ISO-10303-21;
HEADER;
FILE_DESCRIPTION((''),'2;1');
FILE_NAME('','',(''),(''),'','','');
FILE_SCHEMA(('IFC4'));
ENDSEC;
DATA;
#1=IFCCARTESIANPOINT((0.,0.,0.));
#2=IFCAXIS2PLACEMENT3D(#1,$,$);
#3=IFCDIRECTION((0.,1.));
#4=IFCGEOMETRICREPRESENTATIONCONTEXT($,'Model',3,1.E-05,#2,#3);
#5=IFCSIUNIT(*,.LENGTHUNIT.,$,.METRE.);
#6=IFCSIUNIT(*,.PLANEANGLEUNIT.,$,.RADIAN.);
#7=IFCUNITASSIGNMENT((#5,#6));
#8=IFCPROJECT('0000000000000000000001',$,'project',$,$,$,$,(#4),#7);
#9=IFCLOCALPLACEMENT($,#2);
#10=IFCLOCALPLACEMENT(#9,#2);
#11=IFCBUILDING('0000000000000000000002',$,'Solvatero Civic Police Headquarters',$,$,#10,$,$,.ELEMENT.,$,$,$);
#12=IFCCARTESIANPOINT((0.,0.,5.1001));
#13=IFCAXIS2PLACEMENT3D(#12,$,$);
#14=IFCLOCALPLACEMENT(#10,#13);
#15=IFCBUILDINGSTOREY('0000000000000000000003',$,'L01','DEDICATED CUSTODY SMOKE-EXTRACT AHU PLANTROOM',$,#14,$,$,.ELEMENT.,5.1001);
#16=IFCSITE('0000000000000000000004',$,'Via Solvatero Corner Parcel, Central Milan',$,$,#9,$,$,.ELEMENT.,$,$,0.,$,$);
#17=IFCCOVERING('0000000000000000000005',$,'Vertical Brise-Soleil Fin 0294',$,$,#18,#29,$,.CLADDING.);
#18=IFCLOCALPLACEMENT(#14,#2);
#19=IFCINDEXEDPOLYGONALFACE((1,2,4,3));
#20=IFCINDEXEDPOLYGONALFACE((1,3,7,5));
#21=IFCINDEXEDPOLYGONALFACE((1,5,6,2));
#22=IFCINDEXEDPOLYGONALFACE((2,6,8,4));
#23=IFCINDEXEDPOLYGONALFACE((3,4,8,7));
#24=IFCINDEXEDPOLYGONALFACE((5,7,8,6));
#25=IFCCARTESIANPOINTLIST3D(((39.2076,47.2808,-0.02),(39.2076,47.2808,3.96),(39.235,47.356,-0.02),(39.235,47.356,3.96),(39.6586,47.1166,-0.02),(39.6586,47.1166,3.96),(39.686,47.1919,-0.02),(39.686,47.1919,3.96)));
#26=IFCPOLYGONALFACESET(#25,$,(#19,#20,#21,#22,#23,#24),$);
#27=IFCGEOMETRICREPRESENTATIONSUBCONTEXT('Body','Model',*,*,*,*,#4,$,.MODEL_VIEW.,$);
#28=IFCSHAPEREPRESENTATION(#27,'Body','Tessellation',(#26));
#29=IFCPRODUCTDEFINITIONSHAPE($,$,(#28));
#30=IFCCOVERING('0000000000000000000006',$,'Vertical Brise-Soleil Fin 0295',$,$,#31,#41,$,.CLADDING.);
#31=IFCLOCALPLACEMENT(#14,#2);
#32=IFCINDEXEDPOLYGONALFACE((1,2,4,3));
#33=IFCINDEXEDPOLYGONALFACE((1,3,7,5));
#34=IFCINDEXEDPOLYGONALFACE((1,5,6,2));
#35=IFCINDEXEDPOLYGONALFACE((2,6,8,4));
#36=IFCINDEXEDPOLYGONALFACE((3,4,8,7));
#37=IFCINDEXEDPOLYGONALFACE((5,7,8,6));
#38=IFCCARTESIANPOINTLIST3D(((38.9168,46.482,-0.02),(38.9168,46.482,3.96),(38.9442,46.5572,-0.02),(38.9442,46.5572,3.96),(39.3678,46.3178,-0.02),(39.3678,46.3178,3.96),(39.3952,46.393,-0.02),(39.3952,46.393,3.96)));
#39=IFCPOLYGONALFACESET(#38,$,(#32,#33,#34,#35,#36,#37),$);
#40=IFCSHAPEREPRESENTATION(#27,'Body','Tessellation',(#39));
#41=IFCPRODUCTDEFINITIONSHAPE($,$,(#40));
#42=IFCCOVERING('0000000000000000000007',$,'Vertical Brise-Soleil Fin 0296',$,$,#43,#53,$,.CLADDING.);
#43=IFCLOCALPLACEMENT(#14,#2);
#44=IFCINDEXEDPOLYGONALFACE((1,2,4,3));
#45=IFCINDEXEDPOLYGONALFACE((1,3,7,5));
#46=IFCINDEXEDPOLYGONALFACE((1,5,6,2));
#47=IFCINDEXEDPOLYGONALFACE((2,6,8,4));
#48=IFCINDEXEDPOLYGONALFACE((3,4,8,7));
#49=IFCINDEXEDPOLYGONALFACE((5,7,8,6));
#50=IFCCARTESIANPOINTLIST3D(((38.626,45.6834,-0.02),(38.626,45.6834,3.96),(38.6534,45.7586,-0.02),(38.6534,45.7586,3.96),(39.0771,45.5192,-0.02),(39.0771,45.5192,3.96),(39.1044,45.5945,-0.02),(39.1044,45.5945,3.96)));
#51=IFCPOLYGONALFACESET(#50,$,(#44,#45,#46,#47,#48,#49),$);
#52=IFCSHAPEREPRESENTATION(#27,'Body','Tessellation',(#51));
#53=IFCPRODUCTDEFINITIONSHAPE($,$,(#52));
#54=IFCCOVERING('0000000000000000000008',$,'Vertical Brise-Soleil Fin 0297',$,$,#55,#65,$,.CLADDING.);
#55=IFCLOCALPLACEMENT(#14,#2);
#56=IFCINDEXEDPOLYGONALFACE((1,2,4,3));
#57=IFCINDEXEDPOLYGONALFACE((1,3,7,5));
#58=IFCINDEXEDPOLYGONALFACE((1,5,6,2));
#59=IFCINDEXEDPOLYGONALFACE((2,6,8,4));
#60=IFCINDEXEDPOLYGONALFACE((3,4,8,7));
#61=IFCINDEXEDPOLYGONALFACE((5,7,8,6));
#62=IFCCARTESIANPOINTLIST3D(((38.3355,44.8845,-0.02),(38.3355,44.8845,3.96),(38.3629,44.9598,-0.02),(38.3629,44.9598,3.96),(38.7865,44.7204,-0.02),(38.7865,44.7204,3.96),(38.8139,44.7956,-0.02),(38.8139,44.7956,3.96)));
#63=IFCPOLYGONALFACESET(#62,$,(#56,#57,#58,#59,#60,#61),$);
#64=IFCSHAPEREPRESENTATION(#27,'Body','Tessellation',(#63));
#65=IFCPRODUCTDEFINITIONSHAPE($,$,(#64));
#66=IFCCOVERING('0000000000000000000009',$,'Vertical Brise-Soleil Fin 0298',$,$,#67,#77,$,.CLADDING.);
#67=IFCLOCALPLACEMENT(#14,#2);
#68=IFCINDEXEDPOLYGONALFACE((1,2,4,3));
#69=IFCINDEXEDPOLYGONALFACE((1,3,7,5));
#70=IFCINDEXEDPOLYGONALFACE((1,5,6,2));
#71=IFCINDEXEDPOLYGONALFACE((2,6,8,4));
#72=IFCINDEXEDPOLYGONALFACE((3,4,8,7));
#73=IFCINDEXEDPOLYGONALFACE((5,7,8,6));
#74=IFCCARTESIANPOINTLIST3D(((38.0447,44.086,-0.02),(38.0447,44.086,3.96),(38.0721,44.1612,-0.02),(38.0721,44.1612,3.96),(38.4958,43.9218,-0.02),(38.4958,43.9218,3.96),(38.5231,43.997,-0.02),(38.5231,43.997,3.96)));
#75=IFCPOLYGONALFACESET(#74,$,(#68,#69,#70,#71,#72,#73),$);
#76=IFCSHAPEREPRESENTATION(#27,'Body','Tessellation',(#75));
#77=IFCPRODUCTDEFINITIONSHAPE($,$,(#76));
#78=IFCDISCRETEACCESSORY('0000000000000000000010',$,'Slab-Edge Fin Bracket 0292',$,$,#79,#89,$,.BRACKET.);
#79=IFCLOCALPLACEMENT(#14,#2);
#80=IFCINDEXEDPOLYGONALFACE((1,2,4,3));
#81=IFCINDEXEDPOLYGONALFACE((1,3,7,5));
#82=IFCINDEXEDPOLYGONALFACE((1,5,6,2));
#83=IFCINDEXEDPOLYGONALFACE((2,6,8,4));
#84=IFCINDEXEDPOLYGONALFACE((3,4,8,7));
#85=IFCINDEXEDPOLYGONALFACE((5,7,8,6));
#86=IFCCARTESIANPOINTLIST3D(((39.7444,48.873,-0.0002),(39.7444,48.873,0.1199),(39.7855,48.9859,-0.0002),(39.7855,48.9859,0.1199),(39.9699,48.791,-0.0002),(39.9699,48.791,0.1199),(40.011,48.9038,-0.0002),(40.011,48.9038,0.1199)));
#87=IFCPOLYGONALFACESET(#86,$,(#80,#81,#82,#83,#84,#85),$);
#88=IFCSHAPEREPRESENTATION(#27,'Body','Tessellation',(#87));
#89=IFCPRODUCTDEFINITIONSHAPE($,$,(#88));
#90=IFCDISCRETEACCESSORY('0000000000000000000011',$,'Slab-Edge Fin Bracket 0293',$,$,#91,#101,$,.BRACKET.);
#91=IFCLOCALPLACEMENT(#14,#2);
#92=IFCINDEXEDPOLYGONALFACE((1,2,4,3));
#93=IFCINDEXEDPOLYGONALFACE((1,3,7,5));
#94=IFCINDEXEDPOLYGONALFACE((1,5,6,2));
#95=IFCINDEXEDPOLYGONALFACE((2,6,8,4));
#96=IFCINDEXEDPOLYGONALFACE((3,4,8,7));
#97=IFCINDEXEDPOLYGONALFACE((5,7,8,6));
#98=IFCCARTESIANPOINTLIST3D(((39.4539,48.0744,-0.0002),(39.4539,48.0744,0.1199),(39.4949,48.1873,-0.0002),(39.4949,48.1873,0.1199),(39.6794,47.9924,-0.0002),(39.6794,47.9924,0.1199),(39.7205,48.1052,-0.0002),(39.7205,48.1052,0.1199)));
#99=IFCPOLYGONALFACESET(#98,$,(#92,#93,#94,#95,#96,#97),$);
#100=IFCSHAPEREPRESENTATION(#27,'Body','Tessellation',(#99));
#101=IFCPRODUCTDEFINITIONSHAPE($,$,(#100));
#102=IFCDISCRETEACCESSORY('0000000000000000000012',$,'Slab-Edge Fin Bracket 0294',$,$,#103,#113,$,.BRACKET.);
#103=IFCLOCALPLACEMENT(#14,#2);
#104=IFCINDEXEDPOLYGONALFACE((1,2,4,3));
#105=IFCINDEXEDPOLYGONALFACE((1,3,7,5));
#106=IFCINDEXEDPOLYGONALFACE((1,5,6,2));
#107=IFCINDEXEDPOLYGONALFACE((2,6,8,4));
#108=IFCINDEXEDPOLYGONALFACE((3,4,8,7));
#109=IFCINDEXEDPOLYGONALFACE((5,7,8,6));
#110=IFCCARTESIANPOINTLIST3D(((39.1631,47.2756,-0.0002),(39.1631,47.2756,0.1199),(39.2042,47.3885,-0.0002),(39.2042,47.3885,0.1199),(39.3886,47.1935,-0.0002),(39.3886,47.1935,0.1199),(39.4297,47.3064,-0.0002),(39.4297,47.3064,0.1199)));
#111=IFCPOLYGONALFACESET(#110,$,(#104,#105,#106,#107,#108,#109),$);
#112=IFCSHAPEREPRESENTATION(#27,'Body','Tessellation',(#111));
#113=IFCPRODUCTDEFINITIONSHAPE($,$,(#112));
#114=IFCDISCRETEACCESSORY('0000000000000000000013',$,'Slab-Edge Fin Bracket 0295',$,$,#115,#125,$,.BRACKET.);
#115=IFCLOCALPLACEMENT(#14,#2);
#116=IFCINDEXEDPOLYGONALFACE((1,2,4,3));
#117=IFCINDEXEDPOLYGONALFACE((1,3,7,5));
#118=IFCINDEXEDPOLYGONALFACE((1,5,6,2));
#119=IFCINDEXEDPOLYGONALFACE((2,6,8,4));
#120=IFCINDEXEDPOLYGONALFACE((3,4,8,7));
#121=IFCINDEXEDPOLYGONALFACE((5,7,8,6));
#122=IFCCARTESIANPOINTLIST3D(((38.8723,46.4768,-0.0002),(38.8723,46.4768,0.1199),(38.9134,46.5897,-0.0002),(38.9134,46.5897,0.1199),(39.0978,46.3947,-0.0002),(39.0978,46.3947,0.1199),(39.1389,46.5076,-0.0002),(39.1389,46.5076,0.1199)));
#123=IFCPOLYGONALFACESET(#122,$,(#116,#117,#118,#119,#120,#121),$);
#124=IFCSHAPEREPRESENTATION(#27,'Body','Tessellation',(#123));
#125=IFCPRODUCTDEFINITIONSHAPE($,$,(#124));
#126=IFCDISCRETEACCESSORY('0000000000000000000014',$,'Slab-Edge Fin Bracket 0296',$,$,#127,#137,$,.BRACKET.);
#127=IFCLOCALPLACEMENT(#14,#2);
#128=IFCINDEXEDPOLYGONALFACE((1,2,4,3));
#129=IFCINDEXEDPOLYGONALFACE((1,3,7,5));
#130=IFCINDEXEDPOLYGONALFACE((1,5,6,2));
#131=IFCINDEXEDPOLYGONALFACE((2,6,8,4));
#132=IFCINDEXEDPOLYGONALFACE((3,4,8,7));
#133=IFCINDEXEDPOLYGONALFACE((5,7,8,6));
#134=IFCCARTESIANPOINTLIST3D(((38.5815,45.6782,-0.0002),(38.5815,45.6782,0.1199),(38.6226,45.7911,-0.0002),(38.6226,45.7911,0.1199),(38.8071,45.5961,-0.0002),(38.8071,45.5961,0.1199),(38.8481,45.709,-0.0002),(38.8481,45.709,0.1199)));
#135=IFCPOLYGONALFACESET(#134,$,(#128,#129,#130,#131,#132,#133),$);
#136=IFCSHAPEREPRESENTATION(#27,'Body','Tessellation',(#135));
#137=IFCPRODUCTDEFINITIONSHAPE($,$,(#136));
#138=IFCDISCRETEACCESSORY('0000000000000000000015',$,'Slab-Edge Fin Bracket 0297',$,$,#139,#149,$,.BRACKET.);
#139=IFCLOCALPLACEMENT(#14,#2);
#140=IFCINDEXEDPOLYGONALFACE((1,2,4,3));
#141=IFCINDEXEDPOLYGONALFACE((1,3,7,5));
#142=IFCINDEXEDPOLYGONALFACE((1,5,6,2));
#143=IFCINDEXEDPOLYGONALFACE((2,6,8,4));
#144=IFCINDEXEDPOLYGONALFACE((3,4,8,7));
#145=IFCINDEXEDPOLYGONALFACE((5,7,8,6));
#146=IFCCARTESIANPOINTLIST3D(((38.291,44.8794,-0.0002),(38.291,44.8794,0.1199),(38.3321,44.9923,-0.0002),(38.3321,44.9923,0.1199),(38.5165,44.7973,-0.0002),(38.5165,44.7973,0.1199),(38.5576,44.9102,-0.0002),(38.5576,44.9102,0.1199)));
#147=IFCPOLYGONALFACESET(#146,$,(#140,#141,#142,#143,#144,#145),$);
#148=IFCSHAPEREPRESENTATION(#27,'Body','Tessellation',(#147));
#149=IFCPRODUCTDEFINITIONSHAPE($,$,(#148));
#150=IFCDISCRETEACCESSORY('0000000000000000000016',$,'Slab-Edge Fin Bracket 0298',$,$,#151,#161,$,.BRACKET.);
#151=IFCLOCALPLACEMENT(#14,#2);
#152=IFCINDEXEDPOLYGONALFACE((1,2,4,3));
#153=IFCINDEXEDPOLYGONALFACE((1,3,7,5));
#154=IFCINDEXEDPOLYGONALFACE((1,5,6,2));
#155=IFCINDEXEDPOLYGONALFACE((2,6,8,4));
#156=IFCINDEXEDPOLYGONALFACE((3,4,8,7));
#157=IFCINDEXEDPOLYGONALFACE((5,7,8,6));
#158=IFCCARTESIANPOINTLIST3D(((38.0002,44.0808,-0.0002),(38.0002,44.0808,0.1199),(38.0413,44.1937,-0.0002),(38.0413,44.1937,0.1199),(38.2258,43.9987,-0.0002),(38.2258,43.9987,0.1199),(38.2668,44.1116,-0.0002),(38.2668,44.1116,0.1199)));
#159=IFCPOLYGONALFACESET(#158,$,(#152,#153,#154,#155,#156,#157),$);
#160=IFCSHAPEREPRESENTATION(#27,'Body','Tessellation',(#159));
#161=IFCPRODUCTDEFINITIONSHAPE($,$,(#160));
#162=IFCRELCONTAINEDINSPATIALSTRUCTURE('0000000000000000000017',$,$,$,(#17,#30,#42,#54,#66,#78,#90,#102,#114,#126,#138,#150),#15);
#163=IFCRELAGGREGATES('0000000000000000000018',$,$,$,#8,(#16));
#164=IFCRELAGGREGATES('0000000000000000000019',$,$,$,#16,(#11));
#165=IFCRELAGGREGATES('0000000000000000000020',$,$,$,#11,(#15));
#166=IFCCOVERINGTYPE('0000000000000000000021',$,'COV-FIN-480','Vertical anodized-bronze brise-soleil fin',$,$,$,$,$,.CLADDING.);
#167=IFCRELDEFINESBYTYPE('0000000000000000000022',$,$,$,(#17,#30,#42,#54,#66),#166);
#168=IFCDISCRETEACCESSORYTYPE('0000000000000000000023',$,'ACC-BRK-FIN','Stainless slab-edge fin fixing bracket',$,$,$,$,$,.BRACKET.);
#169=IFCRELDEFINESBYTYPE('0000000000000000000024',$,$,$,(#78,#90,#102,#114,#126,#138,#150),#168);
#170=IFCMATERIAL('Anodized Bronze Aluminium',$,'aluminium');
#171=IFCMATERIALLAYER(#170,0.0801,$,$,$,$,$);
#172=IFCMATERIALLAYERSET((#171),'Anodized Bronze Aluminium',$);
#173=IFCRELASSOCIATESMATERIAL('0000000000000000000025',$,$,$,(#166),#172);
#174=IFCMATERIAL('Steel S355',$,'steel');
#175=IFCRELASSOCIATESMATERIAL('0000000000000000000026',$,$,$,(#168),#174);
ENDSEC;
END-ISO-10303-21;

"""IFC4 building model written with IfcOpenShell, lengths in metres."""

from ifc_helpers import new_model, si_unit, direction, frame, origin, origin_2d, place, context, subcontext, project, spatial, rectangle, extrude, material, layer, layer_set, type_object, element, save


model = new_model("IFC4")

# Units and contexts
model_context = context("Model", 3, precision=1e-05, world=origin(), true_north=direction((0.0, 1.0)))
body_context = subcontext(model_context, "Body", "Model", "MODEL_VIEW")
ifc_project = project(units=[si_unit("LENGTHUNIT", "METRE"), si_unit("PLANEANGLEUNIT", "RADIAN")], contexts=[model_context])

# Site, building, storey
site_placement = place(None, origin())
site = spatial("IfcSite", under=ifc_project, at=site_placement, Name="Via Solvatero Corner Parcel, Central Milan", CompositionType="ELEMENT", RefElevation=0.0)
building_placement = place(site_placement, origin())
building = spatial("IfcBuilding", under=site, at=building_placement, Name="Solvatero Civic Police Headquarters", CompositionType="ELEMENT")
storey_placement = place(building_placement, frame((0.0, 0.0, 5.1001)))
storey = spatial("IfcBuildingStorey", under=building, at=storey_placement, Name="L01", Description="DEDICATED CUSTODY SMOKE-EXTRACT AHU PLANTROOM", CompositionType="ELEMENT", Elevation=5.1001)

# Shared definitions
ifc_material_1 = material(Name="Anodized Bronze Aluminium", Category="aluminium")

# Coverings
ifc_layer_1 = layer(ifc_material_1, 0.0801)
ifc_layer_set_1 = layer_set([ifc_layer_1], Name="Anodized Bronze Aluminium")
covering_type = type_object("IfcCoveringType", Name="COV-FIN-480", Description="Vertical anodized-bronze brise-soleil fin", PredefinedType="CLADDING", material=ifc_layer_set_1)
for number, where, z_axis, x_axis, name in (
    (1, (39.4468, 47.2363, -0.02), (0.0, 0.0, 1.0), (-0.34202, -0.939693, 0.0), "Vertical Brise-Soleil Fin 0294"),
    (2, (39.156, 46.4375, -0.02), (0.0, 0.0, 1.0), (-0.34202, -0.939693, 0.0), "Vertical Brise-Soleil Fin 0295"),
    (3, (38.8652, 45.6389, -0.02), (0.0, 0.0, 1.0), (-0.34202, -0.939693, 0.0), "Vertical Brise-Soleil Fin 0296"),
    (4, (38.5747, 44.8401, -0.02), (0.0, 0.0, 1.0), (-0.34202, -0.939693, 0.0), "Vertical Brise-Soleil Fin 0297"),
    (5, (38.2839, 44.0415, -0.02), (0.0, 0.0, 1.0), (-0.34202, -0.939693, 0.0), "Vertical Brise-Soleil Fin 0298"),
):
    element("IfcCovering", number, at=place(storey_placement, frame(where, z_axis=z_axis, x_axis=x_axis)), inside=storey, type_object=covering_type, Name=name, PredefinedType="CLADDING", context=body_context, shape_type="SweptSolid", body=[
        extrude(rectangle(XDim=0.0801, YDim=0.48, at=origin_2d()), origin(), (0.0, 0.0, 1.0), 3.98),
    ])

# Discrete accessories
ifc_material_2 = material(Name="Steel S355", Category="steel")
discrete_accessory_type = type_object("IfcDiscreteAccessoryType", Name="ACC-BRK-FIN", Description="Stainless slab-edge fin fixing bracket", PredefinedType="BRACKET", material=ifc_material_2)
for number, where, z_axis, x_axis, name in (
    (6, (39.8777, 48.8884, -0.0002), (0.0, 0.0, 1.0), (-0.34202, -0.939693, 0.0), "Slab-Edge Fin Bracket 0292"),
    (7, (39.5872, 48.0898, -0.0002), (0.0, 0.0, 1.0), (-0.34202, -0.939693, 0.0), "Slab-Edge Fin Bracket 0293"),
    (8, (39.2964, 47.291, -0.0002), (0.0, 0.0, 1.0), (-0.34202, -0.939693, 0.0), "Slab-Edge Fin Bracket 0294"),
    (9, (39.0056, 46.4922, -0.0002), (0.0, 0.0, 1.0), (-0.34202, -0.939693, 0.0), "Slab-Edge Fin Bracket 0295"),
    (10, (38.7148, 45.6936, -0.0002), (0.0, 0.0, 1.0), (-0.34202, -0.939693, 0.0), "Slab-Edge Fin Bracket 0296"),
    (11, (38.4243, 44.8948, -0.0002), (0.0, 0.0, 1.0), (-0.34202, -0.939693, 0.0), "Slab-Edge Fin Bracket 0297"),
    (12, (38.1335, 44.0962, -0.0002), (0.0, 0.0, 1.0), (-0.34202, -0.939693, 0.0), "Slab-Edge Fin Bracket 0298"),
):
    element("IfcDiscreteAccessory", number, at=place(storey_placement, frame(where, z_axis=z_axis, x_axis=x_axis)), inside=storey, type_object=discrete_accessory_type, Name=name, PredefinedType="BRACKET", context=body_context, shape_type="SweptSolid", body=[
        extrude(rectangle(XDim=0.1201, YDim=0.24, at=origin_2d()), origin(), (0.0, 0.0, 1.0), 0.1201),
    ])

save(model, "model.ifc")
